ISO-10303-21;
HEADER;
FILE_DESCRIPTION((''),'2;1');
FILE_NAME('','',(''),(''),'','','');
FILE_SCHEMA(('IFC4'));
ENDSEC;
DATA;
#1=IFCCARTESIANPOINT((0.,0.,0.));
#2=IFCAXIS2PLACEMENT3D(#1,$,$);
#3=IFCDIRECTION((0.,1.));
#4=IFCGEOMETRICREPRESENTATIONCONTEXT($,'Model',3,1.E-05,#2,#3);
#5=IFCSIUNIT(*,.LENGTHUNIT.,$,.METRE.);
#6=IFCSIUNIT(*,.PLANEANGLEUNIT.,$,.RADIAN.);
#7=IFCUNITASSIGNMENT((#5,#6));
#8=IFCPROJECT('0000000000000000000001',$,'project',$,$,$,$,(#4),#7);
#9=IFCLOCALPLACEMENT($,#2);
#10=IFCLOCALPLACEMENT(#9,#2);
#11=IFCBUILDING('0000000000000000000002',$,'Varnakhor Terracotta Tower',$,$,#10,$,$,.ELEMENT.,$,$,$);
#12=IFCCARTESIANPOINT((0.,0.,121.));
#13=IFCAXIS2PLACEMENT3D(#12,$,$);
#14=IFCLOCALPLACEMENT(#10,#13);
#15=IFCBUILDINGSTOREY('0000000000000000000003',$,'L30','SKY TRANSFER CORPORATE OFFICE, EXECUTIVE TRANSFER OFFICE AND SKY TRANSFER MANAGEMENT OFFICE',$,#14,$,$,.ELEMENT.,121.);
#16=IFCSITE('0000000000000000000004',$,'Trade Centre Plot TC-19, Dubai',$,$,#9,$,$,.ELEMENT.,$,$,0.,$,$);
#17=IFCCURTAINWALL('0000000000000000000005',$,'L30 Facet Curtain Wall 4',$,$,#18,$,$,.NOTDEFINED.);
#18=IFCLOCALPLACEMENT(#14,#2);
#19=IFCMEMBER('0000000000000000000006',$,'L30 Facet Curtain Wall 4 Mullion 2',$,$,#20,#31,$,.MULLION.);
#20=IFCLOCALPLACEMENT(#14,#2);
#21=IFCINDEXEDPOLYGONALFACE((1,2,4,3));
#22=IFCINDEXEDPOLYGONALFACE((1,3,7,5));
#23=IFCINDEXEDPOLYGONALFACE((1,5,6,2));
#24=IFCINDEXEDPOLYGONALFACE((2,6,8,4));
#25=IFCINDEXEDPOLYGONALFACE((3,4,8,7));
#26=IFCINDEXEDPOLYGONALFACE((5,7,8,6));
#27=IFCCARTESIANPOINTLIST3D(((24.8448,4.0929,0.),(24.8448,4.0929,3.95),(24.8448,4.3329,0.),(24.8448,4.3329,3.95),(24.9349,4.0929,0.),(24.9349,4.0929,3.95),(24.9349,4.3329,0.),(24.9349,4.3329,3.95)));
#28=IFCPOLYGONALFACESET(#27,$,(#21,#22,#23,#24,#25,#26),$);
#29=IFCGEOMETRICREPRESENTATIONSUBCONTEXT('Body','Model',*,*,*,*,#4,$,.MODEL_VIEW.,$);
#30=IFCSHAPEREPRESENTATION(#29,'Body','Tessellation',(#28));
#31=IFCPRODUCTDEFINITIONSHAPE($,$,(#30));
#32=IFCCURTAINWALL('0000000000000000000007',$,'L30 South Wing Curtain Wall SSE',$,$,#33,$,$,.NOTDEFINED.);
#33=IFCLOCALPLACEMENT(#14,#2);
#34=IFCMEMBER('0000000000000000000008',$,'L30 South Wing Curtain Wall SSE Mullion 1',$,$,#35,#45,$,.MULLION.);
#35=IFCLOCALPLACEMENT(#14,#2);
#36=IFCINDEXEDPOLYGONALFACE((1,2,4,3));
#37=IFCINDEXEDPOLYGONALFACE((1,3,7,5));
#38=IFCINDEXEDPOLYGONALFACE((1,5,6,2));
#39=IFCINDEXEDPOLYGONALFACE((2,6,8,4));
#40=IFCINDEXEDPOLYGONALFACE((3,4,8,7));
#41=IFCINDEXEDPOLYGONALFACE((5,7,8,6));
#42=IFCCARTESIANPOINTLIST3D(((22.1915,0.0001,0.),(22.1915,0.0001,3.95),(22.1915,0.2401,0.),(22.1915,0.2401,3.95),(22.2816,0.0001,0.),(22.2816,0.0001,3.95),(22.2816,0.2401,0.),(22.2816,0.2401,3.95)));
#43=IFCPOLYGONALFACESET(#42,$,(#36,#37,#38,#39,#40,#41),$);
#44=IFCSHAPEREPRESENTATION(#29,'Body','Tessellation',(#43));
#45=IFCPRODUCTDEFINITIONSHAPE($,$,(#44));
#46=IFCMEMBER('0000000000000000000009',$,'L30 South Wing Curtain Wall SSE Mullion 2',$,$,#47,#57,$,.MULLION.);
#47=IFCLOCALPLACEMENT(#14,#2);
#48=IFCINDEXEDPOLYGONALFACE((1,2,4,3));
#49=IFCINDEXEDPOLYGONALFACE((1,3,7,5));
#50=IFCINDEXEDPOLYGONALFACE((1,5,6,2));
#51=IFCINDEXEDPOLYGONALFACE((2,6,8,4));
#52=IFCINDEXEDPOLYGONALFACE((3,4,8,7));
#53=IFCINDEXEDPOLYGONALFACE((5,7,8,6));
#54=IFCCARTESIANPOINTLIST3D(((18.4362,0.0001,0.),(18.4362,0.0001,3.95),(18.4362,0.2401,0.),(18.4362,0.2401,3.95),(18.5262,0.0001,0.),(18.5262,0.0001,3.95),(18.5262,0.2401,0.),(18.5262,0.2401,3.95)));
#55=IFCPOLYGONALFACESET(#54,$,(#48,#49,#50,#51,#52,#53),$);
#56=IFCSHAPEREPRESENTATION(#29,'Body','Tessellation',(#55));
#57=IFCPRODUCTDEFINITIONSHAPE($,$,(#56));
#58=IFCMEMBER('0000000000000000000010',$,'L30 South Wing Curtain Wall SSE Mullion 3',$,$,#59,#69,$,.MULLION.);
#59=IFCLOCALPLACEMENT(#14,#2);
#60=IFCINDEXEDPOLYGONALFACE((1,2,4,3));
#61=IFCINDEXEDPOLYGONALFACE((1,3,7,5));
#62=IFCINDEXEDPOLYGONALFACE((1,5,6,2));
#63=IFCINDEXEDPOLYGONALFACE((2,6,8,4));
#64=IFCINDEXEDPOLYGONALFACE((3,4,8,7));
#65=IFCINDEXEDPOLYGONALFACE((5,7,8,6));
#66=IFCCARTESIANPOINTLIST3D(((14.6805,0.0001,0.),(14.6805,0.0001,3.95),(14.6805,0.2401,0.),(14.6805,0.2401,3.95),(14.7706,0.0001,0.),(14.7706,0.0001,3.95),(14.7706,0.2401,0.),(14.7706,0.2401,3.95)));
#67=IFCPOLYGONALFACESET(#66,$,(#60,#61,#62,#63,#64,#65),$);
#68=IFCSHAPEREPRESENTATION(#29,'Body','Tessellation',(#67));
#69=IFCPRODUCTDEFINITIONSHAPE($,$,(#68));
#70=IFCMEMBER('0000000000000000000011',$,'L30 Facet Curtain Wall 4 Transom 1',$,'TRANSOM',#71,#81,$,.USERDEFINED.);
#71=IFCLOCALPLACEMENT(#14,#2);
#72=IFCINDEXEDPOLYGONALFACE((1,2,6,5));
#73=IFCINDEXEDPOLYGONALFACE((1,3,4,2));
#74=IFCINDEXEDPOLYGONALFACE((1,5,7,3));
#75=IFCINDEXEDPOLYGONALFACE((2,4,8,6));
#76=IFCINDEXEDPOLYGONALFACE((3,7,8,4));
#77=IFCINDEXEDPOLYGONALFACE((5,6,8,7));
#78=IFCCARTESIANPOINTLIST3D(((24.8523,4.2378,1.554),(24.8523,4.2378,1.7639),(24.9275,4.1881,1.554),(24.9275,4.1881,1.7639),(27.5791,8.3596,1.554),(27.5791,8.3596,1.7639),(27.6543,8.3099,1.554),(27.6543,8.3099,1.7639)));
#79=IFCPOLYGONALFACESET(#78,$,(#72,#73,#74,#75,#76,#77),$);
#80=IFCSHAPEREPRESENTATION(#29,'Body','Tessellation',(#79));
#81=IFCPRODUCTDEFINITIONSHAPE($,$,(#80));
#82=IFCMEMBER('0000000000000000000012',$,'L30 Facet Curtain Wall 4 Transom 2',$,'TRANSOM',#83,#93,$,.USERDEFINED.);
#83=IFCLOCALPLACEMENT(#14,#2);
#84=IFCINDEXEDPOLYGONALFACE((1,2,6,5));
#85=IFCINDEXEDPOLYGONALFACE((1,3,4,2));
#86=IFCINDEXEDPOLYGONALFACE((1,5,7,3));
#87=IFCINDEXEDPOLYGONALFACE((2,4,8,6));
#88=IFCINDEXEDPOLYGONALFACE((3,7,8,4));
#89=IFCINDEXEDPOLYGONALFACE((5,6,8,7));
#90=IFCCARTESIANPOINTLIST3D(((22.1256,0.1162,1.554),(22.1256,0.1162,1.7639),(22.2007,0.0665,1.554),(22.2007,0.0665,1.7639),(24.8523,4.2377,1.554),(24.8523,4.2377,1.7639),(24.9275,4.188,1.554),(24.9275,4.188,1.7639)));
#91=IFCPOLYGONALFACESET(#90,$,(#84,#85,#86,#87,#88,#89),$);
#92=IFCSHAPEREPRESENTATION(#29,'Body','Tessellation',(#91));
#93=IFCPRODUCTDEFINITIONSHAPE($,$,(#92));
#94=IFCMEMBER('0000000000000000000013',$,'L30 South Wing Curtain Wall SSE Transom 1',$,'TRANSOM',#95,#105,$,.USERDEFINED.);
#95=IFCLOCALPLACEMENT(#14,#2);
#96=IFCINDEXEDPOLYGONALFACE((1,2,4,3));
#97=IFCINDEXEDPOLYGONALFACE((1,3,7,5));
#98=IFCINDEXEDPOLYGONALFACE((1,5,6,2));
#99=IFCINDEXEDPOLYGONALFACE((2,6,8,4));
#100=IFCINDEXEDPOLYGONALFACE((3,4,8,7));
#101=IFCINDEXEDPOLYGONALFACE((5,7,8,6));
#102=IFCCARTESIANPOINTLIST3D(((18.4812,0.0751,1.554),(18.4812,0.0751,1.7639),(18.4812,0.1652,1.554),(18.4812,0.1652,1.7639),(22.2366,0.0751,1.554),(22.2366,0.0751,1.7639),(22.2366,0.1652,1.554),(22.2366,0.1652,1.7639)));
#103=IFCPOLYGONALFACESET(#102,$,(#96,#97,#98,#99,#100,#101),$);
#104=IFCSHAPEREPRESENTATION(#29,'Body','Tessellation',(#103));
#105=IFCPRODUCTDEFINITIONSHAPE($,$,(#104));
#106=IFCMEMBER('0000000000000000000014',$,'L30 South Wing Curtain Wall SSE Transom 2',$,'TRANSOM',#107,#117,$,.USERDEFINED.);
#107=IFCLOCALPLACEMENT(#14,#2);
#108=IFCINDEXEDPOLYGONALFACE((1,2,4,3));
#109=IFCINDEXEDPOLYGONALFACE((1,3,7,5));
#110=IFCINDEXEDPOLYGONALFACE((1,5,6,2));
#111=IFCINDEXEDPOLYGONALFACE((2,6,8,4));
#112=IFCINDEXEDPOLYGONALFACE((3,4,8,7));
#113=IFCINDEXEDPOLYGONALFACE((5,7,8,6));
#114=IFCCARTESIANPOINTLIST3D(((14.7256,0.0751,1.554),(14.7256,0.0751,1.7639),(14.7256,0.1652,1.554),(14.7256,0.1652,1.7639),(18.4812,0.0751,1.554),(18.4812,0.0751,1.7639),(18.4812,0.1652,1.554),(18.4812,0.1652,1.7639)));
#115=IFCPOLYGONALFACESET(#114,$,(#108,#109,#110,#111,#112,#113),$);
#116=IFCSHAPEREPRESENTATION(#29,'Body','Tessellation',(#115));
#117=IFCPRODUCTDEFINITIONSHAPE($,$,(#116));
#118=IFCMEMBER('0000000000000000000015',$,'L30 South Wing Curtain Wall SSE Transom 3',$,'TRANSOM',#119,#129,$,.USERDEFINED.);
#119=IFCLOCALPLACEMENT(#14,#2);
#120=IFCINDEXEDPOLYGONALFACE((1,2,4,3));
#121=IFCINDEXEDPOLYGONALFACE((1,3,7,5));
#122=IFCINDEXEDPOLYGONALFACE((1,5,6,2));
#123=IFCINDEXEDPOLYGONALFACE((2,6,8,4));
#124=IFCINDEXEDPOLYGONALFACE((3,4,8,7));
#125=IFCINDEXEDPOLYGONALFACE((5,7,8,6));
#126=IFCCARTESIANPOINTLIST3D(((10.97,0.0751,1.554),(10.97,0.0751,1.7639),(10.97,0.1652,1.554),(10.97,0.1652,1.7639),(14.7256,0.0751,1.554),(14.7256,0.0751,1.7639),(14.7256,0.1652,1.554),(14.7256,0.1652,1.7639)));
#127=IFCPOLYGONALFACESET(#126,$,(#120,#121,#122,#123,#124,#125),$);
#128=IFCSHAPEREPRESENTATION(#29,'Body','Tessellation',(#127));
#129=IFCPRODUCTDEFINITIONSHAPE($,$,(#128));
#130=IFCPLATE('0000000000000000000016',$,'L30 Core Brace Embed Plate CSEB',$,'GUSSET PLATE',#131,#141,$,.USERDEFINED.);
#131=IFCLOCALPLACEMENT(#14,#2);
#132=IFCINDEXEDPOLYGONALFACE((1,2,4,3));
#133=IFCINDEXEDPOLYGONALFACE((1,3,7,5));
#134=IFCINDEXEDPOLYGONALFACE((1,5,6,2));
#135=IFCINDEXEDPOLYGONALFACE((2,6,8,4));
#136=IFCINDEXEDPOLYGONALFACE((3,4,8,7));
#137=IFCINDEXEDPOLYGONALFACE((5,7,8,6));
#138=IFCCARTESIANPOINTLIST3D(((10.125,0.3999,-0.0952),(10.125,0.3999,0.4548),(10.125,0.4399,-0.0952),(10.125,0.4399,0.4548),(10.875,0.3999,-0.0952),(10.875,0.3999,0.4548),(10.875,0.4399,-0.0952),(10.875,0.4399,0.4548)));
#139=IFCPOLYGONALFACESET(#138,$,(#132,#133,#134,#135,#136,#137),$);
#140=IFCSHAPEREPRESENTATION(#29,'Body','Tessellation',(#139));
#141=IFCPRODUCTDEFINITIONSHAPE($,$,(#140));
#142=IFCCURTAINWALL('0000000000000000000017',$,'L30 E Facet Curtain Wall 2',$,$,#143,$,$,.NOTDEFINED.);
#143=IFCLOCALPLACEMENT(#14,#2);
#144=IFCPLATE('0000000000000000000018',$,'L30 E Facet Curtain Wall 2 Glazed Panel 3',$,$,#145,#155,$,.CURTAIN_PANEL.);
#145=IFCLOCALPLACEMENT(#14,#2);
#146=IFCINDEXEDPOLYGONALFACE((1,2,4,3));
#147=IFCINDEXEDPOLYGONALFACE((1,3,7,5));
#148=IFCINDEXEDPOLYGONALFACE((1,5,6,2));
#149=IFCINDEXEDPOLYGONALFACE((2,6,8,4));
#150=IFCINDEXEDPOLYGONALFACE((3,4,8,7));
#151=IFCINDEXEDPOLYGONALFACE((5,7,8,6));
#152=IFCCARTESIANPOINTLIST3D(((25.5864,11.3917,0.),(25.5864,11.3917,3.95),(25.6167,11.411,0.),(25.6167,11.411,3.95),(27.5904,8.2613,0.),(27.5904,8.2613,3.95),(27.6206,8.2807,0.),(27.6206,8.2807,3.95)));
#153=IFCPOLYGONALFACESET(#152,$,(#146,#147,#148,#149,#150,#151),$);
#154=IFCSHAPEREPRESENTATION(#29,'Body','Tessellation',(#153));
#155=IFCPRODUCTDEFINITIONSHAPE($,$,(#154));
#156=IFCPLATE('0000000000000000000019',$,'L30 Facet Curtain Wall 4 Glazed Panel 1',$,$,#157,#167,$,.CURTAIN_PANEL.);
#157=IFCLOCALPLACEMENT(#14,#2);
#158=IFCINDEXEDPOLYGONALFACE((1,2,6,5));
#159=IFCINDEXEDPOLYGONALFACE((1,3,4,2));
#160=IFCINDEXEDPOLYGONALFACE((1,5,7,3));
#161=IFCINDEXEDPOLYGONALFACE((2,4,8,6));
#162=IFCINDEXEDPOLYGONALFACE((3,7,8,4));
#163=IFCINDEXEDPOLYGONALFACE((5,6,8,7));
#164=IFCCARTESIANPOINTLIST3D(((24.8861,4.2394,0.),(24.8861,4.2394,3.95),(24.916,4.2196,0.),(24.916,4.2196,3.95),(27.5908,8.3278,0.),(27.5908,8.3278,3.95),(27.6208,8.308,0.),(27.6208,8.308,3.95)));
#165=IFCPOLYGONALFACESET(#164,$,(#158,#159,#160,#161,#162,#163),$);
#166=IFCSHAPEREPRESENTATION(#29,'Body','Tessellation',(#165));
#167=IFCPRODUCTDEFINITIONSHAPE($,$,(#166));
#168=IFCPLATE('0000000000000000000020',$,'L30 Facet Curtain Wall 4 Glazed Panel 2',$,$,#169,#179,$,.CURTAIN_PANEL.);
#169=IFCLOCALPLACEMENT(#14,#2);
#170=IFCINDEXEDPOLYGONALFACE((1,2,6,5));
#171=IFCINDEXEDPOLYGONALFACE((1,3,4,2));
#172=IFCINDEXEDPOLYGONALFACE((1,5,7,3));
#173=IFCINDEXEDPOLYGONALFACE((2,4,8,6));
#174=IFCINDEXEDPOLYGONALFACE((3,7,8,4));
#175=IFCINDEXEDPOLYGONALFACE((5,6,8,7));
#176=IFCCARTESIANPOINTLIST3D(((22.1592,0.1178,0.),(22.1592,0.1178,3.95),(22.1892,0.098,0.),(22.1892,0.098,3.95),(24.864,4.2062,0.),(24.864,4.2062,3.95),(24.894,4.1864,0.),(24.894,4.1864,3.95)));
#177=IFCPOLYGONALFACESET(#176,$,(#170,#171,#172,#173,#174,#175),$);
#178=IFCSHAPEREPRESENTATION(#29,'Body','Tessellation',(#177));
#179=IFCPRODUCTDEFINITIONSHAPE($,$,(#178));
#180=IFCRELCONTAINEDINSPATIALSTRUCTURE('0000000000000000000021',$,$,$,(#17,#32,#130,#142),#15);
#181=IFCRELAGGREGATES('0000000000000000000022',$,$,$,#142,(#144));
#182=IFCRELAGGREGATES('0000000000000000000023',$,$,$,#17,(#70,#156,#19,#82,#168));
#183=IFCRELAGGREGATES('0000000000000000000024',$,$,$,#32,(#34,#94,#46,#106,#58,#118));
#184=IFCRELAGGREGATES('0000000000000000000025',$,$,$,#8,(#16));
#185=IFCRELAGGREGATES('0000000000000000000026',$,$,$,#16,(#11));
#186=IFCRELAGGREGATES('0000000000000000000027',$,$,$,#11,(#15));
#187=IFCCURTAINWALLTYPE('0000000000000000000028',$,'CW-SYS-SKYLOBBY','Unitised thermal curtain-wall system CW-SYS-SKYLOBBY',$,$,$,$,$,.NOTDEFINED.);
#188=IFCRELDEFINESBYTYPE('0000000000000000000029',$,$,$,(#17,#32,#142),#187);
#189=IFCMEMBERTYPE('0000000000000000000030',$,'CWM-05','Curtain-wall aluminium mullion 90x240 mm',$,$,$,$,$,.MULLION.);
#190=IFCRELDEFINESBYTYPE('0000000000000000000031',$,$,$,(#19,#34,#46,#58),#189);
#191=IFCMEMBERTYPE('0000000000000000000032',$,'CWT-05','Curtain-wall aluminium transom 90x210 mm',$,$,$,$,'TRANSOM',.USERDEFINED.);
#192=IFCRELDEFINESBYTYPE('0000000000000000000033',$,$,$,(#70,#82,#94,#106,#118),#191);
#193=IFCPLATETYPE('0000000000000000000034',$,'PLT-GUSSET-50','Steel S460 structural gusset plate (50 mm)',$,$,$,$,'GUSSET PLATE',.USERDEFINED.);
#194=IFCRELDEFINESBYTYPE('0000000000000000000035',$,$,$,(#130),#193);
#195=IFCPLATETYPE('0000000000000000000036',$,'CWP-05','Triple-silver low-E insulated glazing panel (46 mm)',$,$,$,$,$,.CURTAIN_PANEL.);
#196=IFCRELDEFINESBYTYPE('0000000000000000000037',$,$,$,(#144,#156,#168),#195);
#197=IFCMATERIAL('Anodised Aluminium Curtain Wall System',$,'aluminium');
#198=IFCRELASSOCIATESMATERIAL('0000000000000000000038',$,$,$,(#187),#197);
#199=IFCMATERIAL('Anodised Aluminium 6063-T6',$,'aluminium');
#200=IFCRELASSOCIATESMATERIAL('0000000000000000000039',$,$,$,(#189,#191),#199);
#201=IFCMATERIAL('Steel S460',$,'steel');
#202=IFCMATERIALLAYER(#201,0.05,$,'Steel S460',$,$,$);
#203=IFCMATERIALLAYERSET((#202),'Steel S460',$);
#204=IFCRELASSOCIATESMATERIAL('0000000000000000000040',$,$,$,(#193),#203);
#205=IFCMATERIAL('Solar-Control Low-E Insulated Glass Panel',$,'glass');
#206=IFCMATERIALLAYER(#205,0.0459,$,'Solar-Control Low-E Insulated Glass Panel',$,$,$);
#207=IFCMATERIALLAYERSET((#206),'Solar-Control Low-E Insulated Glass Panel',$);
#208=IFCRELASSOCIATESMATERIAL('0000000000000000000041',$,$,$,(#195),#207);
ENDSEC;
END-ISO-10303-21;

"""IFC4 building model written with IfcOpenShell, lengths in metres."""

from ifc_helpers import new_model, si_unit, direction, frame, origin, origin_2d, place, context, subcontext, project, spatial, rectangle, extrude, source, transform, mapped, material, layer, layer_set, material_profile, profile_set, type_object, type_shapes, element, aggregate, save


model = new_model("IFC4")

# Units and contexts
model_context = context("Model", 3, precision=1e-05, world=origin(), true_north=direction((0.0, 1.0)))
body_context = subcontext(model_context, "Body", "Model", "MODEL_VIEW")
ifc_project = project(units=[si_unit("LENGTHUNIT", "METRE"), si_unit("PLANEANGLEUNIT", "RADIAN")], contexts=[model_context])

# Site, building, storey
site_placement = place(None, origin())
site = spatial("IfcSite", under=ifc_project, at=site_placement, Name="Trade Centre Plot TC-19, Dubai", CompositionType="ELEMENT", RefElevation=0.0)
building_placement = place(site_placement, origin())
building = spatial("IfcBuilding", under=site, at=building_placement, Name="Varnakhor Terracotta Tower", CompositionType="ELEMENT")
storey_placement = place(building_placement, frame((0.0, 0.0, 121.0)))
storey = spatial("IfcBuildingStorey", under=building, at=storey_placement, Name="L30", Description="SKY TRANSFER CORPORATE OFFICE, EXECUTIVE TRANSFER OFFICE AND SKY TRANSFER MANAGEMENT OFFICE", CompositionType="ELEMENT", Elevation=121.0)

# Shared definitions
ifc_material_1 = material(Name="Steel S460", Category="steel")

# Curtain walls, members
ifc_material_2 = material(Name="Anodised Aluminium Curtain Wall System", Category="aluminium")
curtain_wall_type = type_object("IfcCurtainWallType", Name="CW-SYS-SKYLOBBY", Description="Unitised thermal curtain-wall system CW-SYS-SKYLOBBY", PredefinedType="NOTDEFINED", material=ifc_material_2)
curtain_wall_1_placement = place(storey_placement, origin())
curtain_wall_1 = element("IfcCurtainWall", 1, at=curtain_wall_1_placement, inside=storey, type_object=curtain_wall_type, Name="L30 Facet Curtain Wall 4", PredefinedType="NOTDEFINED")
ifc_material_3 = material(Name="Anodised Aluminium 6063-T6", Category="aluminium")
ifc_material_profile_1 = material_profile(ifc_material_3, rectangle(XDim=0.0901, YDim=0.24, at=origin_2d()), Name="ALU MULLION 90x240")
ifc_profile_set_1 = profile_set([ifc_material_profile_1], Name="Anodised Aluminium 6063-T6")
member_type_1 = type_object("IfcMemberType", Name="CWM-05", Description="Curtain-wall aluminium mullion 90x240 mm", PredefinedType="MULLION", material=ifc_profile_set_1)
shared_shape_1 = source(origin(), body_context, "Body", "SweptSolid", [
    extrude(rectangle(XDim=0.0901, YDim=0.24, at=origin_2d()), origin(), (0.0, 0.0, 1.0), 3.95),
])
type_shapes(member_type_1, [shared_shape_1])
member_1_placement = place(storey_placement, frame((24.8899, 4.2129, 0.0), z_axis=(0.0, 0.0, 1.0), x_axis=(1.0, 0.0, 0.0)))
member_1 = element("IfcMember", 2, at=member_1_placement, type_object=member_type_1, Name="L30 Facet Curtain Wall 4 Mullion 2", PredefinedType="MULLION", context=body_context, shape_type="MappedRepresentation", body=[
    mapped(shared_shape_1, transform((0.0, 0.0, 0.0), scale=1.0)),
])
curtain_wall_2_placement = place(storey_placement, origin())
curtain_wall_2 = element("IfcCurtainWall", 3, at=curtain_wall_2_placement, inside=storey, type_object=curtain_wall_type, Name="L30 South Wing Curtain Wall SSE", PredefinedType="NOTDEFINED")
member_2_placement = place(storey_placement, frame((22.2366, 0.1201, 0.0), z_axis=(0.0, 0.0, 1.0), x_axis=(1.0, 0.0, 0.0)))
member_2 = element("IfcMember", 4, at=member_2_placement, type_object=member_type_1, Name="L30 South Wing Curtain Wall SSE Mullion 1", PredefinedType="MULLION", context=body_context, shape_type="MappedRepresentation", body=[
    mapped(shared_shape_1, transform((0.0, 0.0, 0.0), scale=1.0)),
])
member_3_placement = place(storey_placement, frame((18.4812, 0.1201, 0.0), z_axis=(0.0, 0.0, 1.0), x_axis=(1.0, 0.0, 0.0)))
member_3 = element("IfcMember", 5, at=member_3_placement, type_object=member_type_1, Name="L30 South Wing Curtain Wall SSE Mullion 2", PredefinedType="MULLION", context=body_context, shape_type="MappedRepresentation", body=[
    mapped(shared_shape_1, transform((0.0, 0.0, 0.0), scale=1.0)),
])
member_4_placement = place(storey_placement, frame((14.7256, 0.1201, 0.0), z_axis=(0.0, 0.0, 1.0), x_axis=(1.0, 0.0, 0.0)))
member_4 = element("IfcMember", 6, at=member_4_placement, type_object=member_type_1, Name="L30 South Wing Curtain Wall SSE Mullion 3", PredefinedType="MULLION", context=body_context, shape_type="MappedRepresentation", body=[
    mapped(shared_shape_1, transform((0.0, 0.0, 0.0), scale=1.0)),
])

# Members
ifc_material_profile_2 = material_profile(ifc_material_3, rectangle(XDim=0.0901, YDim=0.21, at=origin_2d()), Name="ALU TRANSOM 90x210")
ifc_profile_set_2 = profile_set([ifc_material_profile_2], Name="Anodised Aluminium 6063-T6")
member_type_2 = type_object("IfcMemberType", Name="CWT-05", Description="Curtain-wall aluminium transom 90x210 mm", ElementType="TRANSOM", PredefinedType="USERDEFINED", material=ifc_profile_set_2)
shared_shape_2 = source(origin(), body_context, "Body", "SweptSolid", [
    extrude(rectangle(XDim=0.0901, YDim=0.21, at=origin_2d()), origin(), (0.0, 0.0, 1.0), 4.9421),
])
member_5_placement = place(storey_placement, frame((27.6167, 8.3347, 1.6589), z_axis=(-0.551744, -0.834013, 0.0), x_axis=(0.834013, -0.551744, 0.0)))
member_5 = element("IfcMember", 7, at=member_5_placement, type_object=member_type_2, Name="L30 Facet Curtain Wall 4 Transom 1", ObjectType="TRANSOM", PredefinedType="USERDEFINED", context=body_context, shape_type="MappedRepresentation", body=[
    mapped(shared_shape_2, transform((0.0, 0.0, 0.0), scale=1.0)),
])
shared_shape_3 = source(origin(), body_context, "Body", "SweptSolid", [
    extrude(rectangle(XDim=0.0901, YDim=0.21, at=origin_2d()), origin(), (0.0, 0.0, 1.0), 4.9419),
])
member_6_placement = place(storey_placement, frame((24.8899, 4.2129, 1.6589), z_axis=(-0.551767, -0.833998, 0.0), x_axis=(0.833998, -0.551767, 0.0)))
member_6 = element("IfcMember", 8, at=member_6_placement, type_object=member_type_2, Name="L30 Facet Curtain Wall 4 Transom 2", ObjectType="TRANSOM", PredefinedType="USERDEFINED", context=body_context, shape_type="MappedRepresentation", body=[
    mapped(shared_shape_3, transform((0.0, 0.0, 0.0), scale=1.0)),
])
shared_shape_4 = source(origin(), body_context, "Body", "SweptSolid", [
    extrude(rectangle(XDim=0.0901, YDim=0.21, at=origin_2d()), origin(), (0.0, 0.0, 1.0), 3.7554),
])
member_7_placement = place(storey_placement, frame((22.2366, 0.1201, 1.6589), z_axis=(-1.0, 0.0, 0.0), x_axis=(0.0, -1.0, 0.0)))
member_7 = element("IfcMember", 9, at=member_7_placement, type_object=member_type_2, Name="L30 South Wing Curtain Wall SSE Transom 1", ObjectType="TRANSOM", PredefinedType="USERDEFINED", context=body_context, shape_type="MappedRepresentation", body=[
    mapped(shared_shape_4, transform((0.0, 0.0, 0.0), scale=1.0)),
])
shared_shape_5 = source(origin(), body_context, "Body", "SweptSolid", [
    extrude(rectangle(XDim=0.0901, YDim=0.21, at=origin_2d()), origin(), (0.0, 0.0, 1.0), 3.7556),
])
member_8_placement = place(storey_placement, frame((18.4812, 0.1201, 1.6589), z_axis=(-1.0, 0.0, 0.0), x_axis=(0.0, -1.0, 0.0)))
member_8 = element("IfcMember", 10, at=member_8_placement, type_object=member_type_2, Name="L30 South Wing Curtain Wall SSE Transom 2", ObjectType="TRANSOM", PredefinedType="USERDEFINED", context=body_context, shape_type="MappedRepresentation", body=[
    mapped(shared_shape_5, transform((0.0, 0.0, 0.0), scale=1.0)),
])
member_9_placement = place(storey_placement, frame((14.7256, 0.1201, 1.6589), z_axis=(-1.0, 0.0, 0.0), x_axis=(0.0, -1.0, 0.0)))
member_9 = element("IfcMember", 11, at=member_9_placement, type_object=member_type_2, Name="L30 South Wing Curtain Wall SSE Transom 3", ObjectType="TRANSOM", PredefinedType="USERDEFINED", context=body_context, shape_type="MappedRepresentation", body=[
    mapped(shared_shape_5, transform((0.0, 0.0, 0.0), scale=1.0)),
])

# Plate
ifc_layer_1 = layer(ifc_material_1, 0.05, Name="Steel S460")
ifc_layer_set_1 = layer_set([ifc_layer_1], Name="Steel S460")
plate_type_1 = type_object("IfcPlateType", Name="PLT-GUSSET-50", Description="Steel S460 structural gusset plate (50 mm)", ElementType="GUSSET PLATE", PredefinedType="USERDEFINED", material=ifc_layer_set_1)
shared_shape_6 = source(origin(), body_context, "Body", "SweptSolid", [
    extrude(rectangle(XDim=0.75, YDim=0.04, at=origin_2d()), origin(), (0.0, 0.0, 1.0), 0.55),
])
type_shapes(plate_type_1, [shared_shape_6])
plate_1_placement = place(storey_placement, frame((10.5, 0.4199, -0.0952), z_axis=(0.0, 0.0, 1.0), x_axis=(1.0, 0.0, 0.0)))
element("IfcPlate", 12, at=plate_1_placement, inside=storey, type_object=plate_type_1, Name="L30 Core Brace Embed Plate CSEB", ObjectType="GUSSET PLATE", PredefinedType="USERDEFINED", context=body_context, shape_type="MappedRepresentation", body=[
    mapped(shared_shape_6, transform((0.0, 0.0, 0.0), scale=1.0)),
])

# Curtain wall, plate
curtain_wall_3_placement = place(storey_placement, origin())
curtain_wall_3 = element("IfcCurtainWall", 13, at=curtain_wall_3_placement, inside=storey, type_object=curtain_wall_type, Name="L30 E Facet Curtain Wall 2", PredefinedType="NOTDEFINED")
ifc_material_4 = material(Name="Solar-Control Low-E Insulated Glass Panel", Category="glass")
ifc_layer_2 = layer(ifc_material_4, 0.0459, Name="Solar-Control Low-E Insulated Glass Panel")
ifc_layer_set_2 = layer_set([ifc_layer_2], Name="Solar-Control Low-E Insulated Glass Panel")
plate_type_2 = type_object("IfcPlateType", Name="CWP-05", Description="Triple-silver low-E insulated glazing panel (46 mm)", PredefinedType="CURTAIN_PANEL", material=ifc_layer_set_2)
shared_shape_7 = source(origin(), body_context, "Body", "SweptSolid", [
    extrude(rectangle(XDim=3.7168, YDim=0.0359, at=origin_2d()), origin(), (0.0, 0.0, 1.0), 3.95),
])
plate_2_placement = place(storey_placement, frame((26.6035, 9.8362, 0.0), z_axis=(0.0, 0.0, 1.0), x_axis=(0.539153, -0.842208, 0.0)))
plate_2 = element("IfcPlate", 14, at=plate_2_placement, type_object=plate_type_2, Name="L30 E Facet Curtain Wall 2 Glazed Panel 3", PredefinedType="CURTAIN_PANEL", context=body_context, shape_type="MappedRepresentation", body=[
    mapped(shared_shape_7, transform((0.0, 0.0, 0.0), scale=1.0)),
])
aggregate(curtain_wall_3, [plate_2])

# Plates
shared_shape_8 = source(origin(), body_context, "Body", "SweptSolid", [
    extrude(rectangle(XDim=4.9021, YDim=0.0359, at=origin_2d()), origin(), (0.0, 0.0, 1.0), 3.95),
])
plate_3_placement = place(storey_placement, frame((26.2534, 6.2737, 0.0), z_axis=(0.0, 0.0, 1.0), x_axis=(-0.551762, -0.834001, 0.0)))
plate_3 = element("IfcPlate", 15, at=plate_3_placement, type_object=plate_type_2, Name="L30 Facet Curtain Wall 4 Glazed Panel 1", PredefinedType="CURTAIN_PANEL", context=body_context, shape_type="MappedRepresentation", body=[
    mapped(shared_shape_8, transform((0.0, 0.0, 0.0), scale=1.0)),
])
plate_4_placement = place(storey_placement, frame((23.5266, 2.1521, 0.0), z_axis=(0.0, 0.0, 1.0), x_axis=(-0.551762, -0.834001, 0.0)))
plate_4 = element("IfcPlate", 16, at=plate_4_placement, type_object=plate_type_2, Name="L30 Facet Curtain Wall 4 Glazed Panel 2", PredefinedType="CURTAIN_PANEL", context=body_context, shape_type="MappedRepresentation", body=[
    mapped(shared_shape_8, transform((0.0, 0.0, 0.0), scale=1.0)),
])
aggregate(curtain_wall_1, [member_5, plate_3, member_1, member_6, plate_4])
aggregate(curtain_wall_2, [member_2, member_7, member_3, member_8, member_4, member_9])

save(model, "model.ifc")
